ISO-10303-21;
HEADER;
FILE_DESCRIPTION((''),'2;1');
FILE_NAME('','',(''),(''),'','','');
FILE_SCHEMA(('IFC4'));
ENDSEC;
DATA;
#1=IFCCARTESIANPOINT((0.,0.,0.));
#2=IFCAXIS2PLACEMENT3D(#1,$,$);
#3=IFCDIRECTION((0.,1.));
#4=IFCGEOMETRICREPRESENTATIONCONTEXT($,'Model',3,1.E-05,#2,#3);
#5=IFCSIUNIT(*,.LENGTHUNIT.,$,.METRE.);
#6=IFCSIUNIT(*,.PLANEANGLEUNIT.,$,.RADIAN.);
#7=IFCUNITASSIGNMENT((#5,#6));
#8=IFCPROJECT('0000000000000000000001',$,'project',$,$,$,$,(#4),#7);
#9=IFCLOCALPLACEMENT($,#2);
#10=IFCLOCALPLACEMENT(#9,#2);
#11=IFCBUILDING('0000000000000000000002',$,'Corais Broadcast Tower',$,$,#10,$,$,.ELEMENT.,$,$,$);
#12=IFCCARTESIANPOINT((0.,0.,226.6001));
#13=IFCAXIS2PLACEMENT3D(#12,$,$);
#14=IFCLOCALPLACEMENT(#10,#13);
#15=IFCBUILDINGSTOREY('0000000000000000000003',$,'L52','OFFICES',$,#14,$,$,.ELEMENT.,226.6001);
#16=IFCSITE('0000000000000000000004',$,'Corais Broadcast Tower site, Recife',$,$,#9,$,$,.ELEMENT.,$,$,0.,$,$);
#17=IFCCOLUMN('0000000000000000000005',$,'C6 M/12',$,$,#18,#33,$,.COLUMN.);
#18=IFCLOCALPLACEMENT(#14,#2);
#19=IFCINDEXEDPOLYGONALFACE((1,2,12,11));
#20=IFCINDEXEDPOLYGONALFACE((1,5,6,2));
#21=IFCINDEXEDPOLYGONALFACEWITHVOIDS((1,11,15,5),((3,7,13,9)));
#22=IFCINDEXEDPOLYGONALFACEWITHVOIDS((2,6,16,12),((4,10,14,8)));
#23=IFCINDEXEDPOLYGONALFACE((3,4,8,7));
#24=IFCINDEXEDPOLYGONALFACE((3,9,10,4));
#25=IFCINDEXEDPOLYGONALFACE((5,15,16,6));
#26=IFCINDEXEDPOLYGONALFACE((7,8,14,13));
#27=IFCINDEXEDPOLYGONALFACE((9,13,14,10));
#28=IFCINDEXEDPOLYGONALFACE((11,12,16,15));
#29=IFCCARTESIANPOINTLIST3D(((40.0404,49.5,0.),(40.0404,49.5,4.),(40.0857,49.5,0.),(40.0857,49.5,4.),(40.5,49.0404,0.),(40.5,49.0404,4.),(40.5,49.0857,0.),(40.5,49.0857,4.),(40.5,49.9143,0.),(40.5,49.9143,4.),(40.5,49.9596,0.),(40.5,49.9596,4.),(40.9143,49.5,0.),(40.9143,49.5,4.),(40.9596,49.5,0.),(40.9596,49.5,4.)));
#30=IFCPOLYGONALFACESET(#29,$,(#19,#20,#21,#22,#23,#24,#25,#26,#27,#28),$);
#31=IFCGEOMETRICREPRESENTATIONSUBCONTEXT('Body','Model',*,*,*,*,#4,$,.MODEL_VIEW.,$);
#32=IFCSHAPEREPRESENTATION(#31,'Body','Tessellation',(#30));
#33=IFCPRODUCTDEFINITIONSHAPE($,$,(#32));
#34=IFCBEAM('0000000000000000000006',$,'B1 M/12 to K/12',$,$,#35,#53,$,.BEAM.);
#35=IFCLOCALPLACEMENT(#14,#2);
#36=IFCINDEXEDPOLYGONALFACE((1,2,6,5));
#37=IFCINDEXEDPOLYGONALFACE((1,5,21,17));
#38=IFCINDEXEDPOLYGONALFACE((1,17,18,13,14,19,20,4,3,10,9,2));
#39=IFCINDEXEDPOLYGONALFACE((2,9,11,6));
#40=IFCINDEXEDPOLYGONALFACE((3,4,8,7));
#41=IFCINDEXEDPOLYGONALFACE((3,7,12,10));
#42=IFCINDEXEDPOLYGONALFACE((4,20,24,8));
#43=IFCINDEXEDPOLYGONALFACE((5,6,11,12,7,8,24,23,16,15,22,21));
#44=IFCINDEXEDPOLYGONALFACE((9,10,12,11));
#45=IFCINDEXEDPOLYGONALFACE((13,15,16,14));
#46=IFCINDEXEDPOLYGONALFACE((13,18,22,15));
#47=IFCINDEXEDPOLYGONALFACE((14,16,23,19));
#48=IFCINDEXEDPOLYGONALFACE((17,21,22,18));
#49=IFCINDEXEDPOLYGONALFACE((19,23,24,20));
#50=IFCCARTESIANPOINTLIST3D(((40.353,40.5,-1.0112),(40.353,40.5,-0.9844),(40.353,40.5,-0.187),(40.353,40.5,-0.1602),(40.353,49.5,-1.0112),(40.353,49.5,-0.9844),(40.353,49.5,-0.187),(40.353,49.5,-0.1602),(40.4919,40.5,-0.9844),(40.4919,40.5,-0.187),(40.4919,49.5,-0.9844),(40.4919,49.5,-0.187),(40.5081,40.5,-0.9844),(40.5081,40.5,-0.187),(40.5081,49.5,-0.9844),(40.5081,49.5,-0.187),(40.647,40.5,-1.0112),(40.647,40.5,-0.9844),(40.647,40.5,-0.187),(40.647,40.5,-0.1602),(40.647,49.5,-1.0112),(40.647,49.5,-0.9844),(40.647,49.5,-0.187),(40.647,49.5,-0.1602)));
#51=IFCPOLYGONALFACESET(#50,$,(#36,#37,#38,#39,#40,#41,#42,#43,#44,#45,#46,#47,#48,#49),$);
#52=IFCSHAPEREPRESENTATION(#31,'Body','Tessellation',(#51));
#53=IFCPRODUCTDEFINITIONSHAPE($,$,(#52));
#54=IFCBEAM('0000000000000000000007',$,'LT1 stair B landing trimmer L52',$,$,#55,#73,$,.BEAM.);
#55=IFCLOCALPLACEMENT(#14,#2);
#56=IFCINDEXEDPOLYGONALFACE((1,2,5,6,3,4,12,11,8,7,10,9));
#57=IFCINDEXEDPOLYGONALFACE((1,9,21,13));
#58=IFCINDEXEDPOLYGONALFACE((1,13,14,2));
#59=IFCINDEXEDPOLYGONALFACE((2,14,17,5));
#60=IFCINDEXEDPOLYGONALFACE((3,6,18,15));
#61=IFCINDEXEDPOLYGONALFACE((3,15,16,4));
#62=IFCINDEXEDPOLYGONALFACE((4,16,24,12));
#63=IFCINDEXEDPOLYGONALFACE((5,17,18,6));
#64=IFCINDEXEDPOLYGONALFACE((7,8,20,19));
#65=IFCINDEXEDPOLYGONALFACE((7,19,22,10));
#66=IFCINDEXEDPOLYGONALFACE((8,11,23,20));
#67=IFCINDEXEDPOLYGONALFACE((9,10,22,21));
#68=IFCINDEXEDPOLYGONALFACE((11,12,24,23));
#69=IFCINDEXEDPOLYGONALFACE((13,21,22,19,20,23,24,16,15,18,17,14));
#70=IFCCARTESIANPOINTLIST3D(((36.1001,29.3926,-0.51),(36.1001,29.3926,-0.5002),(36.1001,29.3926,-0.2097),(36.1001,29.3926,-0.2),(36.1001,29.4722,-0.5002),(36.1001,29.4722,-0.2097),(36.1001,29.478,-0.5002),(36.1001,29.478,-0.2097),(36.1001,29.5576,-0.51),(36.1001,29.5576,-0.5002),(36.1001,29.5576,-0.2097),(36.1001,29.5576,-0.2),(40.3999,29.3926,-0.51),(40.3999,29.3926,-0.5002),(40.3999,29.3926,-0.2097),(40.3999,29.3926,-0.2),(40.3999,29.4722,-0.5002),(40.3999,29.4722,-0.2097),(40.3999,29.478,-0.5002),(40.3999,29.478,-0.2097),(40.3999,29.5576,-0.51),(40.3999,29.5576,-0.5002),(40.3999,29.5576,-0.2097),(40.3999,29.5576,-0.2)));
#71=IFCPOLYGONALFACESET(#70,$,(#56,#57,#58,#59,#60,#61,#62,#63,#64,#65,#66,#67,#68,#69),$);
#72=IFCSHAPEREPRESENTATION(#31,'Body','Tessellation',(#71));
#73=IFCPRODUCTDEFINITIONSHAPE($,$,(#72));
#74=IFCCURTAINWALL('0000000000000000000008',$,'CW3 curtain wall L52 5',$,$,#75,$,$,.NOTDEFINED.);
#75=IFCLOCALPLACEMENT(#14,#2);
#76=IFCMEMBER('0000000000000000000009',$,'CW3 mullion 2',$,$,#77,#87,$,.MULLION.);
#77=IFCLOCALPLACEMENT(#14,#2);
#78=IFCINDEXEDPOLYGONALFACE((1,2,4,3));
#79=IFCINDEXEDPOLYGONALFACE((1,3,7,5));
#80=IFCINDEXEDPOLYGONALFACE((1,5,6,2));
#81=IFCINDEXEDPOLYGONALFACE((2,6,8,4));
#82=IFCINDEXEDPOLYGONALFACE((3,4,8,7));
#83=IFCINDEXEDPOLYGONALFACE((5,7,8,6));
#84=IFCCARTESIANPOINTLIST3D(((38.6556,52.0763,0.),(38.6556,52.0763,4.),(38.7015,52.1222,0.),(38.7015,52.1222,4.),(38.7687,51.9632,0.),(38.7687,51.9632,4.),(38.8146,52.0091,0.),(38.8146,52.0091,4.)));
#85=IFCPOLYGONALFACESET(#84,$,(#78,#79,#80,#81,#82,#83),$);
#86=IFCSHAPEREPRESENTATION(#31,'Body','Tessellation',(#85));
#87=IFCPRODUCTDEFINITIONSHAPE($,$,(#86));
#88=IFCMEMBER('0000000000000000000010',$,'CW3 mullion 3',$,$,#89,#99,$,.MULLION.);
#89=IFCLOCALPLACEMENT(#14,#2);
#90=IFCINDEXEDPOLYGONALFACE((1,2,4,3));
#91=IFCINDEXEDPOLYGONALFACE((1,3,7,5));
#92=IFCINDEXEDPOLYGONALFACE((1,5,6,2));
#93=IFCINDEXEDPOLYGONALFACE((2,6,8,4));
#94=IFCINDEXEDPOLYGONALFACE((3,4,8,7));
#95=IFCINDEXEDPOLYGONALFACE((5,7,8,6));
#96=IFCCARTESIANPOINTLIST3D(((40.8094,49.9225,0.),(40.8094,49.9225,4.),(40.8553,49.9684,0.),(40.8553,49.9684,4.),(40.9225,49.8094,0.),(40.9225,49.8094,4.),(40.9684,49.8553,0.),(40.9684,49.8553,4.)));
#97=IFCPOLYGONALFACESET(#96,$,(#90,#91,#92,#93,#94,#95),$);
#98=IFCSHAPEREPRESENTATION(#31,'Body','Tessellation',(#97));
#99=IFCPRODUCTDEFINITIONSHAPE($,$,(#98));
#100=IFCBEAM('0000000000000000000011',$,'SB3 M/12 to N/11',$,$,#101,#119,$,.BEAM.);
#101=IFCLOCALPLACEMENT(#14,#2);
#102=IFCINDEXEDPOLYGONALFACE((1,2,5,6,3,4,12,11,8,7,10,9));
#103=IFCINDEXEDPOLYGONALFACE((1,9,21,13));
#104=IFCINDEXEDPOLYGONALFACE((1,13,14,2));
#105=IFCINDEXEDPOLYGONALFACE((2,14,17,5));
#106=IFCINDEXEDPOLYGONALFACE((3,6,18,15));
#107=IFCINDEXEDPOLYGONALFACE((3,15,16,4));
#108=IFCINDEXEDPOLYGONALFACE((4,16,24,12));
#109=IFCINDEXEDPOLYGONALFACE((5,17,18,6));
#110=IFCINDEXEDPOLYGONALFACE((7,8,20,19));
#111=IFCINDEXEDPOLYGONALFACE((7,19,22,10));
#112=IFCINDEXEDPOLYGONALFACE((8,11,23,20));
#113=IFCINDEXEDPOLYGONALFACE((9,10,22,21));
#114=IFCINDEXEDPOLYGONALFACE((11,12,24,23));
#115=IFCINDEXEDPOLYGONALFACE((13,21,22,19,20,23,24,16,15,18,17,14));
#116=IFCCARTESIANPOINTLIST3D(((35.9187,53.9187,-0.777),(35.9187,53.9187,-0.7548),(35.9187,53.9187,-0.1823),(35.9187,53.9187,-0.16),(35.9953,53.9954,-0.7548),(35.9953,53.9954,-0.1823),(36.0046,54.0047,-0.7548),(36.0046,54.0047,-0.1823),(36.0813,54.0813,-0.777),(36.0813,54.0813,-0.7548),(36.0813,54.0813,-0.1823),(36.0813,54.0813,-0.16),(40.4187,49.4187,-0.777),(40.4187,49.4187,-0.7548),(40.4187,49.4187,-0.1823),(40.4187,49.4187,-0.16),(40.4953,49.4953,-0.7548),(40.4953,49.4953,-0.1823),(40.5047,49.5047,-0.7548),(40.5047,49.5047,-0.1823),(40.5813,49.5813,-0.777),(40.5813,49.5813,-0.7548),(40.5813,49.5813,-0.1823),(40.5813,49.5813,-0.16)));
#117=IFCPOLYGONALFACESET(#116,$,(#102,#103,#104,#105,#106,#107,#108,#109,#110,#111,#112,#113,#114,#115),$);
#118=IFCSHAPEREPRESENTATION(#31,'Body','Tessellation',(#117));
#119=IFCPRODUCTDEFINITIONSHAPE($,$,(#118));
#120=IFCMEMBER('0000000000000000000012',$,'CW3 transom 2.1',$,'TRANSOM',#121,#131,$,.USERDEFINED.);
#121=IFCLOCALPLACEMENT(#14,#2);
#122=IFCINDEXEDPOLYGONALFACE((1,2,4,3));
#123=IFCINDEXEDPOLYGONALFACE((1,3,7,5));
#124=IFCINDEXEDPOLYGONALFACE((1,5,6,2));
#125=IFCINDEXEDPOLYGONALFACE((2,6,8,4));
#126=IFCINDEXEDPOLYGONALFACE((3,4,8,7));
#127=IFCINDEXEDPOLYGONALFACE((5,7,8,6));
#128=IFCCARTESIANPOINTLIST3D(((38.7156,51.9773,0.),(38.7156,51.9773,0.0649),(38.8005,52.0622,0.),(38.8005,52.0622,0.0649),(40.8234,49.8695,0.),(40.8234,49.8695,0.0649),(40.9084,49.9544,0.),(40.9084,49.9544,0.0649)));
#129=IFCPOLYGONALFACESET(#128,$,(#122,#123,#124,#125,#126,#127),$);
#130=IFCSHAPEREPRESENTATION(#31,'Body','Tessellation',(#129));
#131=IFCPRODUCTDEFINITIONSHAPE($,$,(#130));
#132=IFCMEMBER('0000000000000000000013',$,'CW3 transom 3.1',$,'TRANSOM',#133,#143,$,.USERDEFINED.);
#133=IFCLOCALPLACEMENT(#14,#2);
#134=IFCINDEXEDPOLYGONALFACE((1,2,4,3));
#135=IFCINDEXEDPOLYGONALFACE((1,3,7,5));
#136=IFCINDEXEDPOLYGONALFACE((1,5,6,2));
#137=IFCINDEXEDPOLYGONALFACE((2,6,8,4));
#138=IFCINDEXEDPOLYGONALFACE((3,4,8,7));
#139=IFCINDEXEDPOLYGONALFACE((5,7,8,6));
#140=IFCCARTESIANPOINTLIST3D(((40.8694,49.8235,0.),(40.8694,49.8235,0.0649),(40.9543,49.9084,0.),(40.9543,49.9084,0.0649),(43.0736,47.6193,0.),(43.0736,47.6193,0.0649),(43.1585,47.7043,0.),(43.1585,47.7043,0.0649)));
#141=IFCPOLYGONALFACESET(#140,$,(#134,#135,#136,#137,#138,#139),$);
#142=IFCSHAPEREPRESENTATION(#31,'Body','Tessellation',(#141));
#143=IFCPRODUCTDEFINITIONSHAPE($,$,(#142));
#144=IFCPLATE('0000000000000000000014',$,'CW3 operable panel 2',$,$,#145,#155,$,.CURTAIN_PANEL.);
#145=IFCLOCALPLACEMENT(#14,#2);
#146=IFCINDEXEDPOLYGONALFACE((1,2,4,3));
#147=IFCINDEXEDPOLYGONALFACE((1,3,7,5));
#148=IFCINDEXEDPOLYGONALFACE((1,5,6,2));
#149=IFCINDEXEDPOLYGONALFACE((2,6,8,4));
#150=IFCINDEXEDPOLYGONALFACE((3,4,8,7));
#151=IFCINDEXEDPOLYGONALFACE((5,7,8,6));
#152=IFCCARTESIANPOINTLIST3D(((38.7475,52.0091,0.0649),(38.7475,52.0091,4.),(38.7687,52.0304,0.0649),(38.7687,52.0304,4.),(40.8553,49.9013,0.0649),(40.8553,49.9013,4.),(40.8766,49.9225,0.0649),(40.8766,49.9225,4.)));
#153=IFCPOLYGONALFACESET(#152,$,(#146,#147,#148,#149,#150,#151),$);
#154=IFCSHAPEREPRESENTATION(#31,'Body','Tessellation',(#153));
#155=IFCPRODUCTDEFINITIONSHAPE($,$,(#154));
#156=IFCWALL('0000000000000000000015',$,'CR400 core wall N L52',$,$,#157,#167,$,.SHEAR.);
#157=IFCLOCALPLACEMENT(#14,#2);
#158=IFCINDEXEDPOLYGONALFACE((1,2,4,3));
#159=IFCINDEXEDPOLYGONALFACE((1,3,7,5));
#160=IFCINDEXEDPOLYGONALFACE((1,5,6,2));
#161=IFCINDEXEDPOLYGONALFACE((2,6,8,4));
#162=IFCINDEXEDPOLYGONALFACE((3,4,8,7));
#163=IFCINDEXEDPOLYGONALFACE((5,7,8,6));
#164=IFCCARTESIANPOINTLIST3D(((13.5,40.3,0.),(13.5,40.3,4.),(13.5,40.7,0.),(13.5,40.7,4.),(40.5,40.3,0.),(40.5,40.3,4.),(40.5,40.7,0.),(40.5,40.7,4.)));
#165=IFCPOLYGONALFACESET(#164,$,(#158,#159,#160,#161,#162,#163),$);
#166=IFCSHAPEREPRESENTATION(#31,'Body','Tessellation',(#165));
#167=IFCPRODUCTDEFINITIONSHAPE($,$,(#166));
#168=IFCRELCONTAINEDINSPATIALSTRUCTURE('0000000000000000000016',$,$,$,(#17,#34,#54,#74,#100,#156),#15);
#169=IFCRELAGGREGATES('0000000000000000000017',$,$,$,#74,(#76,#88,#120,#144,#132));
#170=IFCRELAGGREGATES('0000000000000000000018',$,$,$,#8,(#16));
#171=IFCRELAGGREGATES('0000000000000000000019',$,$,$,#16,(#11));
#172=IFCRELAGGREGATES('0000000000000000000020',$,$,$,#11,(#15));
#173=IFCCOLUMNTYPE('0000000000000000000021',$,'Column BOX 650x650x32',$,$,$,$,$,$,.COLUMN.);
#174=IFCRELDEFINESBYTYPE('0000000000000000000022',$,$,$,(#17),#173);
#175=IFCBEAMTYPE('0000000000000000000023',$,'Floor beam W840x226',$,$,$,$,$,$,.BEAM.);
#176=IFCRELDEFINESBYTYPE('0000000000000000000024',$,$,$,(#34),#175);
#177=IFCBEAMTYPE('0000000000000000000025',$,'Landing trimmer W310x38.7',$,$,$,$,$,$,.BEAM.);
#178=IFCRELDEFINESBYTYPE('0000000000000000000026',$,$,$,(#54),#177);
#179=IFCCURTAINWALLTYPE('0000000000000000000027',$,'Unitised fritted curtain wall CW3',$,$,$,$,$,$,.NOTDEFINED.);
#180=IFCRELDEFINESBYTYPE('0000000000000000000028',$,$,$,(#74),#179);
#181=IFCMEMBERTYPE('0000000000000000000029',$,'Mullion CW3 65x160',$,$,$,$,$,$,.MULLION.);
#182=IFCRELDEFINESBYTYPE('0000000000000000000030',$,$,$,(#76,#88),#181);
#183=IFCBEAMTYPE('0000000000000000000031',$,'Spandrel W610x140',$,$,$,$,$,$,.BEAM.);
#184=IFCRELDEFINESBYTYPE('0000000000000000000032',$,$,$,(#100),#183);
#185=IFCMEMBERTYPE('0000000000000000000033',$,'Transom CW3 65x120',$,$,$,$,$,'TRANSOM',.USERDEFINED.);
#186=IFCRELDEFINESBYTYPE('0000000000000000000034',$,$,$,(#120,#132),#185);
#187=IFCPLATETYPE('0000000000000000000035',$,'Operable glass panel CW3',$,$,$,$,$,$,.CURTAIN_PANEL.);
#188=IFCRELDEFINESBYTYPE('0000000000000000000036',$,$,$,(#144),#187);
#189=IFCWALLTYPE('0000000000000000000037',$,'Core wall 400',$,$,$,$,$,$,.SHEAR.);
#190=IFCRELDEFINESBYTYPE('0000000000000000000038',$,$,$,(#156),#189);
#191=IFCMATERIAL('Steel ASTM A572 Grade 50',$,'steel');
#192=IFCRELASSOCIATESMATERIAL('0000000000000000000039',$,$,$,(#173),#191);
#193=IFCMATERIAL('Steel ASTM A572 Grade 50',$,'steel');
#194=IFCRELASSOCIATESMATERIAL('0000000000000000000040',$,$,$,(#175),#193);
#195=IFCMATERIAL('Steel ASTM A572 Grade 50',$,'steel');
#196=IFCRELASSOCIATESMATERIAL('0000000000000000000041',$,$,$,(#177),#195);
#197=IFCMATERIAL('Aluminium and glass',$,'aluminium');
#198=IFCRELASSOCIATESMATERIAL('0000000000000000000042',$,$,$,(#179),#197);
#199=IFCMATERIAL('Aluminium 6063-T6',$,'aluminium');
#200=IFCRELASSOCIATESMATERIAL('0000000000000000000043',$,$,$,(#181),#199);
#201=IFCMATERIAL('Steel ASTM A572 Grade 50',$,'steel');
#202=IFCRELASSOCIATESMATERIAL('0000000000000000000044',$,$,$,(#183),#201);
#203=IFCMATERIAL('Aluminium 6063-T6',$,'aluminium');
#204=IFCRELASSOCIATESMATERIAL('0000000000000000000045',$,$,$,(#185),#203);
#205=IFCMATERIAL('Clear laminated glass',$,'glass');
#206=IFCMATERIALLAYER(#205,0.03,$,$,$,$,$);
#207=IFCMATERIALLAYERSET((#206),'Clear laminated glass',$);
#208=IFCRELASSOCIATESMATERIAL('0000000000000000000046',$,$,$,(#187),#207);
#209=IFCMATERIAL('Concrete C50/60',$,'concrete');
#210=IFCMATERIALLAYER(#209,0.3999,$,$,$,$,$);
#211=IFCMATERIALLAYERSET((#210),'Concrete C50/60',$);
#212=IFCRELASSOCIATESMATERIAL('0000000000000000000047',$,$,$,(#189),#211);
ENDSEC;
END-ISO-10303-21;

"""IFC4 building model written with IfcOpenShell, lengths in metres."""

from ifc_helpers import new_model, si_unit, direction, frame, frame_2d, origin, origin_2d, place, context, subcontext, project, spatial, rectangle, hollow_rectangle, i_section, extrude, material, layer, layer_set, material_profile, profile_set, type_object, element, aggregate, save


model = new_model("IFC4")

# Units and contexts
model_context = context("Model", 3, precision=1e-05, world=origin(), true_north=direction((0.0, 1.0)))
body_context = subcontext(model_context, "Body", "Model", "MODEL_VIEW")
ifc_project = project(units=[si_unit("LENGTHUNIT", "METRE"), si_unit("PLANEANGLEUNIT", "RADIAN")], contexts=[model_context])

# Site, building, storey
site_placement = place(None, origin())
site = spatial("IfcSite", under=ifc_project, at=site_placement, Name="Corais Broadcast Tower site, Recife", CompositionType="ELEMENT", RefElevation=0.0)
building_placement = place(site_placement, origin())
building = spatial("IfcBuilding", under=site, at=building_placement, Name="Corais Broadcast Tower", CompositionType="ELEMENT")
storey_placement = place(building_placement, frame((0.0, 0.0, 226.6001)))
storey = spatial("IfcBuildingStorey", under=building, at=storey_placement, Name="L52", Description="OFFICES", CompositionType="ELEMENT", Elevation=226.6001)

# Column
ifc_material_1 = material(Name="Steel ASTM A572 Grade 50", Category="steel")
ifc_material_profile_1 = material_profile(ifc_material_1, hollow_rectangle(XDim=0.6499, YDim=0.6499, WallThickness=0.032, at=origin_2d()), Name="BOX 650x650x32")
ifc_profile_set_1 = profile_set([ifc_material_profile_1], Name="Steel ASTM A572 Grade 50")
column_type = type_object("IfcColumnType", Name="Column BOX 650x650x32", PredefinedType="COLUMN", material=ifc_profile_set_1)
column_placement = place(storey_placement, frame((40.5, 49.5, 0.0), z_axis=(0.0, 0.0, 1.0), x_axis=(0.707107, 0.707107, 0.0)))
element("IfcColumn", 1, at=column_placement, inside=storey, type_object=column_type, Name="C6 M/12", PredefinedType="COLUMN", context=body_context, shape_type="SweptSolid", body=[
    extrude(hollow_rectangle(XDim=0.6499, YDim=0.6499, WallThickness=0.032, at=origin_2d()), origin(), (0.0, 0.0, 1.0), 4.0),
])

# Beams
ifc_material_2 = material(Name="Steel ASTM A572 Grade 50", Category="steel")
ifc_material_profile_2 = material_profile(ifc_material_2, i_section(OverallWidth=0.2939, OverallDepth=0.8511, WebThickness=0.0161, FlangeThickness=0.0269, at=origin_2d()), Name="W840x226")
ifc_profile_set_2 = profile_set([ifc_material_profile_2], Name="Steel ASTM A572 Grade 50")
beam_type_1 = type_object("IfcBeamType", Name="Floor beam W840x226", PredefinedType="BEAM", material=ifc_profile_set_2)
beam_1_placement = place(storey_placement, frame((40.5, 49.5, -0.5857), z_axis=(0.0, -1.0, 0.0), x_axis=(1.0, 0.0, 0.0)))
element("IfcBeam", 2, at=beam_1_placement, inside=storey, type_object=beam_type_1, Name="B1 M/12 to K/12", PredefinedType="BEAM", context=body_context, shape_type="SweptSolid", body=[
    extrude(i_section(OverallWidth=0.2939, OverallDepth=0.8511, WebThickness=0.0161, FlangeThickness=0.0269, at=origin_2d()), origin(), (0.0, 0.0, 1.0), 9.0),
])
ifc_material_3 = material(Name="Steel ASTM A572 Grade 50", Category="steel")
ifc_material_profile_3 = material_profile(ifc_material_3, i_section(OverallWidth=0.165, OverallDepth=0.3101, WebThickness=0.0059, FlangeThickness=0.0098, at=origin_2d()), Name="W310x38.7")
ifc_profile_set_3 = profile_set([ifc_material_profile_3], Name="Steel ASTM A572 Grade 50")
beam_type_2 = type_object("IfcBeamType", Name="Landing trimmer W310x38.7", PredefinedType="BEAM", material=ifc_profile_set_3)
beam_2_placement = place(storey_placement, frame((36.1001, 29.4751, -0.355), z_axis=(1.0, 0.0, 0.0), x_axis=(0.0, 1.0, 0.0)))
element("IfcBeam", 3, at=beam_2_placement, inside=storey, type_object=beam_type_2, Name="LT1 stair B landing trimmer L52", PredefinedType="BEAM", context=body_context, shape_type="SweptSolid", body=[
    extrude(i_section(OverallWidth=0.165, OverallDepth=0.3101, WebThickness=0.0059, FlangeThickness=0.0098, at=origin_2d()), origin(), (0.0, 0.0, 1.0), 4.2998),
])

# Curtain wall, members
ifc_material_4 = material(Name="Aluminium and glass", Category="aluminium")
curtain_wall_type = type_object("IfcCurtainWallType", Name="Unitised fritted curtain wall CW3", PredefinedType="NOTDEFINED", material=ifc_material_4)
curtain_wall_placement = place(storey_placement, origin())
curtain_wall = element("IfcCurtainWall", 4, at=curtain_wall_placement, inside=storey, type_object=curtain_wall_type, Name="CW3 curtain wall L52 5", PredefinedType="NOTDEFINED")
ifc_material_5 = material(Name="Aluminium 6063-T6", Category="aluminium")
ifc_material_profile_4 = material_profile(ifc_material_5, rectangle(XDim=0.0649, YDim=0.1599, at=origin_2d()), Name="Mullion CW3 65x160")
ifc_profile_set_4 = profile_set([ifc_material_profile_4], Name="Aluminium 6063-T6")
member_type_1 = type_object("IfcMemberType", Name="Mullion CW3 65x160", PredefinedType="MULLION", material=ifc_profile_set_4)
member_1_placement = place(storey_placement, frame((38.7351, 52.0427, 0.0), z_axis=(0.0, 0.0, 1.0), x_axis=(0.707107, 0.707107, 0.0)))
member_1 = element("IfcMember", 5, at=member_1_placement, type_object=member_type_1, Name="CW3 mullion 2", PredefinedType="MULLION", context=body_context, shape_type="SweptSolid", body=[
    extrude(rectangle(XDim=0.0649, YDim=0.1599, at=origin_2d()), origin(), (0.0, 0.0, 1.0), 4.0),
])
member_2_placement = place(storey_placement, frame((40.8889, 49.8889, 0.0), z_axis=(0.0, 0.0, 1.0), x_axis=(0.707107, 0.707107, 0.0)))
member_2 = element("IfcMember", 6, at=member_2_placement, type_object=member_type_1, Name="CW3 mullion 3", PredefinedType="MULLION", context=body_context, shape_type="SweptSolid", body=[
    extrude(rectangle(XDim=0.0649, YDim=0.1599, at=origin_2d()), origin(), (0.0, 0.0, 1.0), 4.0),
])

# Beam
ifc_material_6 = material(Name="Steel ASTM A572 Grade 50", Category="steel")
ifc_material_profile_5 = material_profile(ifc_material_6, i_section(OverallWidth=0.23, OverallDepth=0.6169, WebThickness=0.0132, FlangeThickness=0.0222, at=origin_2d()), Name="W610x140")
ifc_profile_set_5 = profile_set([ifc_material_profile_5], Name="Steel ASTM A572 Grade 50")
beam_type_3 = type_object("IfcBeamType", Name="Spandrel W610x140", PredefinedType="BEAM", material=ifc_profile_set_5)
beam_3_placement = place(storey_placement, frame((40.5, 49.5, -0.4685), z_axis=(-0.707107, 0.707107, 0.0), x_axis=(-0.707107, -0.707107, 0.0)))
element("IfcBeam", 7, at=beam_3_placement, inside=storey, type_object=beam_type_3, Name="SB3 M/12 to N/11", PredefinedType="BEAM", context=body_context, shape_type="SweptSolid", body=[
    extrude(i_section(OverallWidth=0.23, OverallDepth=0.6169, WebThickness=0.0132, FlangeThickness=0.0222, at=origin_2d()), origin(), (0.0, 0.0, 1.0), 6.364),
])

# Members
ifc_material_7 = material(Name="Aluminium 6063-T6", Category="aluminium")
ifc_material_profile_6 = material_profile(ifc_material_7, rectangle(XDim=0.1201, YDim=0.0649, at=origin_2d()), Name="Transom CW3 65x120")
ifc_profile_set_6 = profile_set([ifc_material_profile_6], Name="Aluminium 6063-T6")
member_type_2 = type_object("IfcMemberType", Name="Transom CW3 65x120", ElementType="TRANSOM", PredefinedType="USERDEFINED", material=ifc_profile_set_6)
member_3_placement = place(storey_placement, frame((38.7581, 52.0198, 0.0325), z_axis=(0.707107, -0.707107, 0.0), x_axis=(0.707107, 0.707107, 0.0)))
member_3 = element("IfcMember", 8, at=member_3_placement, type_object=member_type_2, Name="CW3 transom 2.1", ObjectType="TRANSOM", PredefinedType="USERDEFINED", context=body_context, shape_type="SweptSolid", body=[
    extrude(rectangle(XDim=0.1201, YDim=0.0649, at=origin_2d()), origin(), (0.0, 0.0, 1.0), 2.981),
])
member_4_placement = place(storey_placement, frame((40.9119, 49.866, 0.0325), z_axis=(0.707107, -0.707107, 0.0), x_axis=(0.707107, 0.707107, 0.0)))
member_4 = element("IfcMember", 9, at=member_4_placement, type_object=member_type_2, Name="CW3 transom 3.1", ObjectType="TRANSOM", PredefinedType="USERDEFINED", context=body_context, shape_type="SweptSolid", body=[
    extrude(rectangle(XDim=0.1201, YDim=0.0649, at=origin_2d()), origin(), (0.0, 0.0, 1.0), 3.1172),
])

# Plate
ifc_material_8 = material(Name="Clear laminated glass", Category="glass")
ifc_layer_1 = layer(ifc_material_8, 0.03)
ifc_layer_set_1 = layer_set([ifc_layer_1], Name="Clear laminated glass")
plate_type = type_object("IfcPlateType", Name="Operable glass panel CW3", PredefinedType="CURTAIN_PANEL", material=ifc_layer_set_1)
plate_placement = place(storey_placement, frame((39.812, 50.9658, 0.0649), z_axis=(0.0, 0.0, 1.0), x_axis=(0.707107, -0.707107, 0.0)))
plate = element("IfcPlate", 10, at=plate_placement, type_object=plate_type, Name="CW3 operable panel 2", PredefinedType="CURTAIN_PANEL", context=body_context, shape_type="SweptSolid", body=[
    extrude(rectangle(XDim=2.981, YDim=0.03, at=origin_2d()), origin(), (0.0, 0.0, 1.0), 3.9351),
])
aggregate(curtain_wall, [member_1, member_2, member_3, plate, member_4])

# Wall
ifc_material_9 = material(Name="Concrete C50/60", Category="concrete")
ifc_layer_2 = layer(ifc_material_9, 0.3999)
ifc_layer_set_2 = layer_set([ifc_layer_2], Name="Concrete C50/60")
wall_type_1 = type_object("IfcWallType", Name="Core wall 400", PredefinedType="SHEAR", material=ifc_layer_set_2)
wall_1_placement = place(storey_placement, frame((40.5, 40.5, 0.0), z_axis=(0.0, 0.0, 1.0), x_axis=(-1.0, 0.0, 0.0)))
element("IfcWall", 11, at=wall_1_placement, inside=storey, type_object=wall_type_1, Name="CR400 core wall N L52", PredefinedType="SHEAR", context=body_context, shape_type="SweptSolid", body=[
    extrude(rectangle(XDim=27.0, YDim=0.3999, at=frame_2d((13.5, 0.0))), origin(), (0.0, 0.0, 1.0), 4.0),
])

save(model, "model.ifc")
